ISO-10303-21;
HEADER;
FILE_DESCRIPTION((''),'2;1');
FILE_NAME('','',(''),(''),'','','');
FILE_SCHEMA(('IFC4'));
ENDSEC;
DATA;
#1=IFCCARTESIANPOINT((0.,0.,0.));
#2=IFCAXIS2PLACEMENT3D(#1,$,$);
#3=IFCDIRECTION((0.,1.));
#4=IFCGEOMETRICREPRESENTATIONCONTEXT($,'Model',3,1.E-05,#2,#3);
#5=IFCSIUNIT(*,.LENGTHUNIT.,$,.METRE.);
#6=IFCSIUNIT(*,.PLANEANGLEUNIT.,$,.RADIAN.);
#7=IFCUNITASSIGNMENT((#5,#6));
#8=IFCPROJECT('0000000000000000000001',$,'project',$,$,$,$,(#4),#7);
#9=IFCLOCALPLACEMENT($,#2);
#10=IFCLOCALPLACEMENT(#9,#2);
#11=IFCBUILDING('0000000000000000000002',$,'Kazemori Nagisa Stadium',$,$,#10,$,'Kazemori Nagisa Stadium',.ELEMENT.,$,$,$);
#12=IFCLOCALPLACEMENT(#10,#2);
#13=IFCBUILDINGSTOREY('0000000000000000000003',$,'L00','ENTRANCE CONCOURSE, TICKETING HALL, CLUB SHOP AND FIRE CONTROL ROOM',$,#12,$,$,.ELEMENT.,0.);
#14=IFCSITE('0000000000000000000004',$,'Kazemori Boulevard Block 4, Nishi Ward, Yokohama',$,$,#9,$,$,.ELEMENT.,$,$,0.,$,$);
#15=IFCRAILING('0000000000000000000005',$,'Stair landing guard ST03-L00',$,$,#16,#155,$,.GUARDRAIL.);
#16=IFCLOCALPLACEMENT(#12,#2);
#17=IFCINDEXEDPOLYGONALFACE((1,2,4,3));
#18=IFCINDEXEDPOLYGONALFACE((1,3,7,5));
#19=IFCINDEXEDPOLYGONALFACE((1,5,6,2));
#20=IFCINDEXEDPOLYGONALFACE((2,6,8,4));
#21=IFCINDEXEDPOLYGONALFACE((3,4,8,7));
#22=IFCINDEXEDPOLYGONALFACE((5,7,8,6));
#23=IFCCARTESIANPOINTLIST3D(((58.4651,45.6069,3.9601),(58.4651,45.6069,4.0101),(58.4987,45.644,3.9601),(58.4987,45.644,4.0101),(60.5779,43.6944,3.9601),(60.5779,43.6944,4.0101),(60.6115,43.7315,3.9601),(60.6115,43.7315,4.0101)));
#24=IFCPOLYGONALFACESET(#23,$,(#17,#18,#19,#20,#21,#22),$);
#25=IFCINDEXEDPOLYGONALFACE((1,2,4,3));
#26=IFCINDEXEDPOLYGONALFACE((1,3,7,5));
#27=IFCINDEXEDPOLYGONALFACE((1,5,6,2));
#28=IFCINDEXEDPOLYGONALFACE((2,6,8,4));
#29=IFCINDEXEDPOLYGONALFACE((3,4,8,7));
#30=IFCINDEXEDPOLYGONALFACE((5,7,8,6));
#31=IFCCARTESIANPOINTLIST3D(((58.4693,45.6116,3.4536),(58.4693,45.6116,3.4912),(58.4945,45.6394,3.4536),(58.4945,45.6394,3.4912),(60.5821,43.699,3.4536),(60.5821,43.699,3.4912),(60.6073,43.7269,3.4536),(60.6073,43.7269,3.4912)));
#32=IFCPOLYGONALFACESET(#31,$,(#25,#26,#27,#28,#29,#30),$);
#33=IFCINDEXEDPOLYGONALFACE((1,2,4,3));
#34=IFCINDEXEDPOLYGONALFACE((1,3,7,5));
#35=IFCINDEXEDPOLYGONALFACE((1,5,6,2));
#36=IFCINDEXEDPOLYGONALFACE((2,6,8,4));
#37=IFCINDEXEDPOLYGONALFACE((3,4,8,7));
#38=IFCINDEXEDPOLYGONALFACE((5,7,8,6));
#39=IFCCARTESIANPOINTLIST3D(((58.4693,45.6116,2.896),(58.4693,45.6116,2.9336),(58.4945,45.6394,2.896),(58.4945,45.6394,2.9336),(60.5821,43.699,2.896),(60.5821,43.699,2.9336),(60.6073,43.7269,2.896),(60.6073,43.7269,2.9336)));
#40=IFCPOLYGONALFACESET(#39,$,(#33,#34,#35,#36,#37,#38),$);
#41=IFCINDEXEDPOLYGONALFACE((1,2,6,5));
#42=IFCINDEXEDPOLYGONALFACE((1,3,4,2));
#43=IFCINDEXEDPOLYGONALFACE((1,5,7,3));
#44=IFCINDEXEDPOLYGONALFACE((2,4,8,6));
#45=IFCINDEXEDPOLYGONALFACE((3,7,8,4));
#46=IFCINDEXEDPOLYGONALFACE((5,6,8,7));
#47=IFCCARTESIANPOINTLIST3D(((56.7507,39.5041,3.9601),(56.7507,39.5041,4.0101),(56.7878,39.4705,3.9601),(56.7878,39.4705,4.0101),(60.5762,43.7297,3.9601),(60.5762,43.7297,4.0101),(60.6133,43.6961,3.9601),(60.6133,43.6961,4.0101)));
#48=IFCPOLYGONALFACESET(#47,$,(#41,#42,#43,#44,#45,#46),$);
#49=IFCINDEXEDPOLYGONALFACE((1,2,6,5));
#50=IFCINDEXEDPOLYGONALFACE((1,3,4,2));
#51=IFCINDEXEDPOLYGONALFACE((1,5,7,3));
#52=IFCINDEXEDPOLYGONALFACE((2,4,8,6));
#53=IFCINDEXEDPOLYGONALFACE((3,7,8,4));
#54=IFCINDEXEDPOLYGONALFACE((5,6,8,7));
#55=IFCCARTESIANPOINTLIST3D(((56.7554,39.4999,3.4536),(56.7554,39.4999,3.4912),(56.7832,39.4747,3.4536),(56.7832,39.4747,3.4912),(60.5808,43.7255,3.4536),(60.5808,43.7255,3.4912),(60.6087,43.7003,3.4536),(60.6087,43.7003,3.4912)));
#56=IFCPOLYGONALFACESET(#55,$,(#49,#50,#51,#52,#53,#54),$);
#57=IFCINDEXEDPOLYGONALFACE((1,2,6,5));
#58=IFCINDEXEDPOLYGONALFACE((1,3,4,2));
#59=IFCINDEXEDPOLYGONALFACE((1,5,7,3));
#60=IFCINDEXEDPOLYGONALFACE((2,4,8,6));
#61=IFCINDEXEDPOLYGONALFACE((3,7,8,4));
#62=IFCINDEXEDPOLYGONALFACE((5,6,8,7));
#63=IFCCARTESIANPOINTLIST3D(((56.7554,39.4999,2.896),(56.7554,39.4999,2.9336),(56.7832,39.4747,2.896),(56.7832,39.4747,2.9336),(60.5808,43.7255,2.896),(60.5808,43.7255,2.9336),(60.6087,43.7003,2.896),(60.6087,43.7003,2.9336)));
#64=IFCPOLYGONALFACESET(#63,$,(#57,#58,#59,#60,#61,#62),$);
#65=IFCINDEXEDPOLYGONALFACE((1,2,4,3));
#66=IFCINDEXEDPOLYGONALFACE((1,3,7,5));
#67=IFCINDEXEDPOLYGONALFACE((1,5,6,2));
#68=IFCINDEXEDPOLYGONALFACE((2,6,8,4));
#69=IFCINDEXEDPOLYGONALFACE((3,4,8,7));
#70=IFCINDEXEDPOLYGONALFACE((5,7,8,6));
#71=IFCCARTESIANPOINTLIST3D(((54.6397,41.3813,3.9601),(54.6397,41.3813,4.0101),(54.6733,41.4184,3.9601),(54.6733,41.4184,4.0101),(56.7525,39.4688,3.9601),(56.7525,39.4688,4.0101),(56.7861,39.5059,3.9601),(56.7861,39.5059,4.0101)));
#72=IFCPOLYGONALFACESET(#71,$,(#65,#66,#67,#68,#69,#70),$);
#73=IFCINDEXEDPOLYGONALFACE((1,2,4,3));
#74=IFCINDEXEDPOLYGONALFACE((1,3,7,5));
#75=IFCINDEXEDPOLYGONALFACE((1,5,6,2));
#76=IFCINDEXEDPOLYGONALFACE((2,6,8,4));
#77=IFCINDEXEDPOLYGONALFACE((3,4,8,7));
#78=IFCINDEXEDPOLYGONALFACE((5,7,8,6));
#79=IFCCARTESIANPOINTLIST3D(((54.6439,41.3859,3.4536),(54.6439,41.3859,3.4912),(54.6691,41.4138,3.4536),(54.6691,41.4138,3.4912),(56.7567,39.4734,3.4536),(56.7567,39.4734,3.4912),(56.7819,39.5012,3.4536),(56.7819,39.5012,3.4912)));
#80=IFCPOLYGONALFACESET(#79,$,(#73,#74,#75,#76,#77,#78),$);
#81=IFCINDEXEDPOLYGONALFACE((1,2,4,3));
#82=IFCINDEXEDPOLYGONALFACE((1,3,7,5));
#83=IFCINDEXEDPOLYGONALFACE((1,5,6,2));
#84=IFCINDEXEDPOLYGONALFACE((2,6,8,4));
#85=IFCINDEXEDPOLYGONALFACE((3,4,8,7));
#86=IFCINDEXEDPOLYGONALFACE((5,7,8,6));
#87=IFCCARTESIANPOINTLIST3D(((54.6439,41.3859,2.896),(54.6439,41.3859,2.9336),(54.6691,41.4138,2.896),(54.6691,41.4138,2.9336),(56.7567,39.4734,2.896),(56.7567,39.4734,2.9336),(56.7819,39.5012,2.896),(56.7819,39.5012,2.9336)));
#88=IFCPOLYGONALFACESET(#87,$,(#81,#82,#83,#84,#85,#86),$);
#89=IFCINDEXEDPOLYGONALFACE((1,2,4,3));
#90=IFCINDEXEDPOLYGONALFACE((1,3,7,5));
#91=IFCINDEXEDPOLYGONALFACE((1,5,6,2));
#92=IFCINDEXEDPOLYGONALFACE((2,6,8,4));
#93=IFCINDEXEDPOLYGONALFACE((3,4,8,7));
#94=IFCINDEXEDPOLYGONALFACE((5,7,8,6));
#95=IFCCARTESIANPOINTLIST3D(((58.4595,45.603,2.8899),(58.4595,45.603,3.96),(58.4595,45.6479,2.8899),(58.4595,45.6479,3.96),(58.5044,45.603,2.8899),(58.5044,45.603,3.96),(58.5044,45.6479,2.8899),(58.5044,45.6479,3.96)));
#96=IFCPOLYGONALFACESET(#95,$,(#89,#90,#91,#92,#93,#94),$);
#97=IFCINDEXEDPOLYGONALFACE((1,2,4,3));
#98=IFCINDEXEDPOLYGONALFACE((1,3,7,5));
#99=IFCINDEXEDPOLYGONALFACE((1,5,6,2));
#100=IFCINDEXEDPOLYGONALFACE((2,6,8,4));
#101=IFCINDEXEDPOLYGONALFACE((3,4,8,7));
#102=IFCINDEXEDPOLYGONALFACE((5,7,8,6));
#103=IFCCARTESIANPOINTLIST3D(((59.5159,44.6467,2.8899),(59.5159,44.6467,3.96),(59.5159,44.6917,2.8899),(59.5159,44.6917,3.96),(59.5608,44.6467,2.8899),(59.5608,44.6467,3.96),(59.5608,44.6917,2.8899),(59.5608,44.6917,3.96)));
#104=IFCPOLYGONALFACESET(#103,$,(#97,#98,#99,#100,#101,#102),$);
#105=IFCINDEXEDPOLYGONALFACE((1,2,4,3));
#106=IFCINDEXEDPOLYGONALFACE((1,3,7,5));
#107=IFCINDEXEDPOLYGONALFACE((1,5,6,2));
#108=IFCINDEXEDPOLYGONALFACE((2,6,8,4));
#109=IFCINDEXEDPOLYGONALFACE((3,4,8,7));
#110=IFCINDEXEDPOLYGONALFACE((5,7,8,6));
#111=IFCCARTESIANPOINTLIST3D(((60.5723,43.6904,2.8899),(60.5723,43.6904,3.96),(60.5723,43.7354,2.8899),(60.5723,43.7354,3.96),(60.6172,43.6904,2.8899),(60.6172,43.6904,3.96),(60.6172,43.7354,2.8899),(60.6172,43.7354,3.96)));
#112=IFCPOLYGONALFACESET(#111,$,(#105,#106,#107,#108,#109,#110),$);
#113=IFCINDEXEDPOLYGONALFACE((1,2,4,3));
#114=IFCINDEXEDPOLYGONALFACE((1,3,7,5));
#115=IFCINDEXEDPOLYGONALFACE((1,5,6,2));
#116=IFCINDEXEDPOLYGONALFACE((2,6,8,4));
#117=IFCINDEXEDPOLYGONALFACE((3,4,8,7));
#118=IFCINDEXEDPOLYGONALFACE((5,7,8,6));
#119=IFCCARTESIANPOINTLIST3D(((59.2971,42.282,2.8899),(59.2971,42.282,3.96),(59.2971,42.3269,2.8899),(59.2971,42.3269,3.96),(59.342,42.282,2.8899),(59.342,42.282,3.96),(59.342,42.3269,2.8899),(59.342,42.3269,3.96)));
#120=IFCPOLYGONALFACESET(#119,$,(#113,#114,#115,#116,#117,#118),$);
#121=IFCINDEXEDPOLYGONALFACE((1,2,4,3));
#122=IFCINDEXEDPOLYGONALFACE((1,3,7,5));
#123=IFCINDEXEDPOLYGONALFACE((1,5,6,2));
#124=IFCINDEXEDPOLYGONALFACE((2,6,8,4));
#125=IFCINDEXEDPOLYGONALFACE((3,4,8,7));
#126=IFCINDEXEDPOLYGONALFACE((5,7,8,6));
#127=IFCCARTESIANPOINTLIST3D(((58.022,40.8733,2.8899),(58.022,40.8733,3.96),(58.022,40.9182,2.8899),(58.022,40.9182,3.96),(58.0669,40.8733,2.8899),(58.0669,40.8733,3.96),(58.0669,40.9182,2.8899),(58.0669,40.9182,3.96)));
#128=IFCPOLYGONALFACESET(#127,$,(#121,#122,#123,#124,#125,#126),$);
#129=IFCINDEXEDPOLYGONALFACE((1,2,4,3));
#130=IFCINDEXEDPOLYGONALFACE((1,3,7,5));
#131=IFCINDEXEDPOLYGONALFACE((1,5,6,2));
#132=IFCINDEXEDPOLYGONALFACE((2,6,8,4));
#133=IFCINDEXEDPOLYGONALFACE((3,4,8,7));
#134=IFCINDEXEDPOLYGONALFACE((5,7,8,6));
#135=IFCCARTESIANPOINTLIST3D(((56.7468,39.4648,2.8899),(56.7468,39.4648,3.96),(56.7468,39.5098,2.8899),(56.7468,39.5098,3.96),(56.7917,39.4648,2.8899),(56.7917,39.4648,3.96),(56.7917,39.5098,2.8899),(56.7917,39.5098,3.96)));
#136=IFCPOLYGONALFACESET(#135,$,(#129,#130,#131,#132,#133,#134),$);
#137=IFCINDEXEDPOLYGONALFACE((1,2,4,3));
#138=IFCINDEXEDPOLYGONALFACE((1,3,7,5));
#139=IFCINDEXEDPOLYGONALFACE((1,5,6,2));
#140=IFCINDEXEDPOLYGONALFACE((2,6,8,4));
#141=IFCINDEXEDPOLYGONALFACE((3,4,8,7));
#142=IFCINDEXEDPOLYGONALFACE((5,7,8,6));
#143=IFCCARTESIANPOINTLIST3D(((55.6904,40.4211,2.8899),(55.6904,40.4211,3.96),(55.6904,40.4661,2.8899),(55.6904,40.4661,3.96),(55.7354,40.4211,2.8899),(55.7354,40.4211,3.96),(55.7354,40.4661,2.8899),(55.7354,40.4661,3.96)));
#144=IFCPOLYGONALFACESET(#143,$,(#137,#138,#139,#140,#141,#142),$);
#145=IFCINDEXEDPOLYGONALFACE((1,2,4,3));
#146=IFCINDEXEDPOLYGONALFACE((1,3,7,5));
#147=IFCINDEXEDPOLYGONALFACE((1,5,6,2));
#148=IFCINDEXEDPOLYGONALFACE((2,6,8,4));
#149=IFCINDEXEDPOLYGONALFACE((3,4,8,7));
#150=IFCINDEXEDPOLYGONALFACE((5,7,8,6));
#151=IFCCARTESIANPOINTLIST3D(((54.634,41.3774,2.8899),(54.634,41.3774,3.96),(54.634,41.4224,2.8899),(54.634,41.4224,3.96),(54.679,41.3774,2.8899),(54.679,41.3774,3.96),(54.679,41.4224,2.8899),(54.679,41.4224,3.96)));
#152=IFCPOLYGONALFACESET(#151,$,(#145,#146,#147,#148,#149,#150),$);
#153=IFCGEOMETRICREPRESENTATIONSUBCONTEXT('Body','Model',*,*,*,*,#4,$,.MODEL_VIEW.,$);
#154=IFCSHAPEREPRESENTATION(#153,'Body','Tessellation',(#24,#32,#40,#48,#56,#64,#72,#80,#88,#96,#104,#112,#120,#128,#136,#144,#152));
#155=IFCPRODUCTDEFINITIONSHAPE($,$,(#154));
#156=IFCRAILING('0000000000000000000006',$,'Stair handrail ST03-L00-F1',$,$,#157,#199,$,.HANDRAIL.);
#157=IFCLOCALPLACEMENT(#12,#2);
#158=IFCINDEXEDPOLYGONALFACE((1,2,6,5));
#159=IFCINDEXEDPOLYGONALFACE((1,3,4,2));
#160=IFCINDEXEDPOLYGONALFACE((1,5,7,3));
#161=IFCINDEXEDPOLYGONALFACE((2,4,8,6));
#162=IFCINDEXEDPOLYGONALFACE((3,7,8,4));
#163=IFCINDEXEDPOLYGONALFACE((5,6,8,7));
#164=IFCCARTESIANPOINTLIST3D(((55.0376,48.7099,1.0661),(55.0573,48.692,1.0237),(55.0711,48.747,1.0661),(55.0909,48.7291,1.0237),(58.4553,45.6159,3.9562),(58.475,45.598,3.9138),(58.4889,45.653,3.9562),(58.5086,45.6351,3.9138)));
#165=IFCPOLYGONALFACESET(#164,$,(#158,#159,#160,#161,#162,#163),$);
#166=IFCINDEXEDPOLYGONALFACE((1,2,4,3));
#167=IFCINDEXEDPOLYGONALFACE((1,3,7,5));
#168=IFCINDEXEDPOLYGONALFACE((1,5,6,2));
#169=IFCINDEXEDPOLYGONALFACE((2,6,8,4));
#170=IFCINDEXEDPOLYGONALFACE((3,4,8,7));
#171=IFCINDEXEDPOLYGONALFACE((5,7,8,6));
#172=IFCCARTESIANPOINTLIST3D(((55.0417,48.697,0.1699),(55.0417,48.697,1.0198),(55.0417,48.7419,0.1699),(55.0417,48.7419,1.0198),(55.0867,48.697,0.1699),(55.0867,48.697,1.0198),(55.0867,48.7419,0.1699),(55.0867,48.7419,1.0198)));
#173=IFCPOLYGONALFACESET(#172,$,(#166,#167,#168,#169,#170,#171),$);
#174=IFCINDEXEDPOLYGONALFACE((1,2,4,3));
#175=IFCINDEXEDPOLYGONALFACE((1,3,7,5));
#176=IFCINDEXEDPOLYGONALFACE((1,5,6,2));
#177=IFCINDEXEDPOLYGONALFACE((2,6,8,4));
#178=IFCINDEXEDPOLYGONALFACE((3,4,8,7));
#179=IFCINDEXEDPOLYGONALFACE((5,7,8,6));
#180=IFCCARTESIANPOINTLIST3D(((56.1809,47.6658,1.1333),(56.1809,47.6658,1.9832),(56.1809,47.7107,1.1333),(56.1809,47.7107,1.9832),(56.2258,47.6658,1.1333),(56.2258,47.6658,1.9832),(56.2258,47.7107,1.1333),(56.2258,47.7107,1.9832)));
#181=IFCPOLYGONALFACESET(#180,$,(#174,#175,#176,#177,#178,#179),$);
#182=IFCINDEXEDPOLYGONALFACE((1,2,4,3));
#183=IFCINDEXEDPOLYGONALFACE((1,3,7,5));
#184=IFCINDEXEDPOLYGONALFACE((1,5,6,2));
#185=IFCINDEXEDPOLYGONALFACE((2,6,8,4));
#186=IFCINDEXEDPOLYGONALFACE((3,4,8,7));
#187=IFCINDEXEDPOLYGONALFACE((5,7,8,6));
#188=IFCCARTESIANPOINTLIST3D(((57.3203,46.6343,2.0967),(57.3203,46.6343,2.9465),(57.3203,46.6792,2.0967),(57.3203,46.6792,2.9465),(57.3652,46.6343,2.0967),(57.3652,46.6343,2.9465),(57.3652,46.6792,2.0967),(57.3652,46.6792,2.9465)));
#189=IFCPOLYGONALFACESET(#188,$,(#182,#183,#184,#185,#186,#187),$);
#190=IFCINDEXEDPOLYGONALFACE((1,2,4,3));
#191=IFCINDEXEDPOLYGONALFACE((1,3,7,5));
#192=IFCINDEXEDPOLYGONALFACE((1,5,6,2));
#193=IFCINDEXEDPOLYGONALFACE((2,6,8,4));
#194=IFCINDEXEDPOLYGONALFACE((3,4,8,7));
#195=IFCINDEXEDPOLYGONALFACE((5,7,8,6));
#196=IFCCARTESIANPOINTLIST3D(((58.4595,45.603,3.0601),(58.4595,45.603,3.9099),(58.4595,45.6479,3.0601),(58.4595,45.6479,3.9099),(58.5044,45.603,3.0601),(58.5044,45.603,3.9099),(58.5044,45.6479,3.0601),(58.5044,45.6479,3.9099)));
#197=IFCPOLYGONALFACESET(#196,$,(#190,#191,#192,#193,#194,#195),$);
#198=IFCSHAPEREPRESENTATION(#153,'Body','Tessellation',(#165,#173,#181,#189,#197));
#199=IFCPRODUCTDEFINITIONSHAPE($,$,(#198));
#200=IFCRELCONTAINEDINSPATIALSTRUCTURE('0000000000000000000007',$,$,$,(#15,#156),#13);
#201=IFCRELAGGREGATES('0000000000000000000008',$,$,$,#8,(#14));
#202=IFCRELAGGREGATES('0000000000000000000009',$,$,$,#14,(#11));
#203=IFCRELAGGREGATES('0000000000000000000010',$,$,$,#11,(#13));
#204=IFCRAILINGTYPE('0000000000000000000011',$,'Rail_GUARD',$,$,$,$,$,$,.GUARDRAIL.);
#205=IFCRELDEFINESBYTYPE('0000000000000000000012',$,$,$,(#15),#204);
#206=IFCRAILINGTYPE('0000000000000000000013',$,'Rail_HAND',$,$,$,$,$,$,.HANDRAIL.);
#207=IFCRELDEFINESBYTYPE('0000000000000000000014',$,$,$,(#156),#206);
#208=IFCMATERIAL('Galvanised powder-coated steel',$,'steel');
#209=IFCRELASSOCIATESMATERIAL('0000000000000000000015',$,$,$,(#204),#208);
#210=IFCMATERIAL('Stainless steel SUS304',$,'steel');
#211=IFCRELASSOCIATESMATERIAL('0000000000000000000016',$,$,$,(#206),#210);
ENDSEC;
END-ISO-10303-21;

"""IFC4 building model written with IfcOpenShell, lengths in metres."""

from ifc_helpers import new_model, si_unit, direction, frame, origin, origin_2d, place, context, subcontext, project, spatial, rectangle, extrude, material, type_object, element, save


model = new_model("IFC4")

# Units and contexts
model_context = context("Model", 3, precision=1e-05, world=origin(), true_north=direction((0.0, 1.0)))
body_context = subcontext(model_context, "Body", "Model", "MODEL_VIEW")
ifc_project = project(units=[si_unit("LENGTHUNIT", "METRE"), si_unit("PLANEANGLEUNIT", "RADIAN")], contexts=[model_context])

# Site, building, storey
site_placement = place(None, origin())
site = spatial("IfcSite", under=ifc_project, at=site_placement, Name="Kazemori Boulevard Block 4, Nishi Ward, Yokohama", CompositionType="ELEMENT", RefElevation=0.0)
building_placement = place(site_placement, origin())
building = spatial("IfcBuilding", under=site, at=building_placement, Name="Kazemori Nagisa Stadium", LongName="Kazemori Nagisa Stadium", CompositionType="ELEMENT")
storey_placement = place(building_placement, origin())
storey = spatial("IfcBuildingStorey", under=building, at=storey_placement, Name="L00", Description="ENTRANCE CONCOURSE, TICKETING HALL, CLUB SHOP AND FIRE CONTROL ROOM", CompositionType="ELEMENT", Elevation=0.0)

# Shared definitions
ifc_material_1 = material(Name="Stainless steel SUS304", Category="steel")

# Railings
ifc_material_2 = material(Name="Galvanised powder-coated steel", Category="steel")
railing_type_1 = type_object("IfcRailingType", Name="Rail_GUARD", PredefinedType="GUARDRAIL", material=ifc_material_2)
railing_1_placement = place(storey_placement, frame((58.4819, 45.6255, 2.8899)))
element("IfcRailing", 1, at=railing_1_placement, inside=storey, type_object=railing_type_1, Name="Stair landing guard ST03-L00", PredefinedType="GUARDRAIL", context=body_context, shape_type="SweptSolid", body=[
    extrude(rectangle(XDim=0.05, YDim=0.05, at=origin_2d()), frame((0.0, 0.0, 1.0952), z_axis=(0.741357, -0.671111, 0.0), x_axis=(0.671111, 0.741357, 0.0)), (0.0, 0.0, 1.0), 2.8499),
    extrude(rectangle(XDim=0.0376, YDim=0.0376, at=origin_2d()), frame((0.0, 0.0, 0.5825), z_axis=(0.741357, -0.671111, 0.0), x_axis=(0.671111, 0.741357, 0.0)), (0.0, 0.0, 1.0), 2.8499),
    extrude(rectangle(XDim=0.0376, YDim=0.0376, at=origin_2d()), frame((0.0, 0.0, 0.0249), z_axis=(0.741357, -0.671111, 0.0), x_axis=(0.671111, 0.741357, 0.0)), (0.0, 0.0, 1.0), 2.8499),
    extrude(rectangle(XDim=0.05, YDim=0.05, at=origin_2d()), frame((2.1128, -1.9126, 1.0952), z_axis=(-0.671134, -0.741336, 0.0), x_axis=(0.741336, -0.671134, 0.0)), (0.0, 0.0, 1.0), 5.7),
    extrude(rectangle(XDim=0.0376, YDim=0.0376, at=origin_2d()), frame((2.1128, -1.9126, 0.5825), z_axis=(-0.671134, -0.741336, 0.0), x_axis=(0.741336, -0.671134, 0.0)), (0.0, 0.0, 1.0), 5.7),
    extrude(rectangle(XDim=0.0376, YDim=0.0376, at=origin_2d()), frame((2.1128, -1.9126, 0.0249), z_axis=(-0.671134, -0.741336, 0.0), x_axis=(0.741336, -0.671134, 0.0)), (0.0, 0.0, 1.0), 5.7),
    extrude(rectangle(XDim=0.05, YDim=0.05, at=origin_2d()), frame((-1.7126, -6.1382, 1.0952), z_axis=(-0.741357, 0.671111, 0.0), x_axis=(-0.671111, -0.741357, 0.0)), (0.0, 0.0, 1.0), 2.8499),
    extrude(rectangle(XDim=0.0376, YDim=0.0376, at=origin_2d()), frame((-1.7126, -6.1382, 0.5825), z_axis=(-0.741357, 0.671111, 0.0), x_axis=(-0.671111, -0.741357, 0.0)), (0.0, 0.0, 1.0), 2.8499),
    extrude(rectangle(XDim=0.0376, YDim=0.0376, at=origin_2d()), frame((-1.7126, -6.1382, 0.0249), z_axis=(-0.741357, 0.671111, 0.0), x_axis=(-0.671111, -0.741357, 0.0)), (0.0, 0.0, 1.0), 2.8499),
    extrude(rectangle(XDim=0.0449, YDim=0.0449, at=origin_2d()), origin(), (0.0, 0.0, 1.0), 1.0701),
    extrude(rectangle(XDim=0.0449, YDim=0.0449, at=origin_2d()), frame((1.0564, -0.9563, 0.0)), (0.0, 0.0, 1.0), 1.0701),
    extrude(rectangle(XDim=0.0449, YDim=0.0449, at=origin_2d()), frame((2.1128, -1.9126, 0.0)), (0.0, 0.0, 1.0), 1.0701),
    extrude(rectangle(XDim=0.0449, YDim=0.0449, at=origin_2d()), frame((0.8376, -3.321, 0.0)), (0.0, 0.0, 1.0), 1.0701),
    extrude(rectangle(XDim=0.0449, YDim=0.0449, at=origin_2d()), frame((-0.4375, -4.7297, 0.0)), (0.0, 0.0, 1.0), 1.0701),
    extrude(rectangle(XDim=0.0449, YDim=0.0449, at=origin_2d()), frame((-1.7126, -6.1382, 0.0)), (0.0, 0.0, 1.0), 1.0701),
    extrude(rectangle(XDim=0.0449, YDim=0.0449, at=origin_2d()), frame((-2.769, -5.1819, 0.0)), (0.0, 0.0, 1.0), 1.0701),
    extrude(rectangle(XDim=0.0449, YDim=0.0449, at=origin_2d()), frame((-3.8254, -4.2256, 0.0)), (0.0, 0.0, 1.0), 1.0701),
])
railing_type_2 = type_object("IfcRailingType", Name="Rail_HAND", PredefinedType="HANDRAIL", material=ifc_material_1)
railing_2_placement = place(storey_placement, frame((55.0642, 48.7195, 0.1699)))
element("IfcRailing", 2, at=railing_2_placement, inside=storey, type_object=railing_type_2, Name="Stair handrail ST03-L00-F1", PredefinedType="HANDRAIL", context=body_context, shape_type="SweptSolid", body=[
    extrude(rectangle(XDim=0.05, YDim=0.05, at=origin_2d()), frame((0.0, 0.0, 0.875), z_axis=(0.628121, -0.568625, 0.531159), x_axis=(0.671124, 0.741345, 0.0)), (0.0, 0.0, 1.0), 5.4412),
    extrude(rectangle(XDim=0.0449, YDim=0.0449, at=origin_2d()), origin(), (0.0, 0.0, 1.0), 0.8499),
    extrude(rectangle(XDim=0.0449, YDim=0.0449, at=origin_2d()), frame((1.1392, -1.0312, 0.9634)), (0.0, 0.0, 1.0), 0.8499),
    extrude(rectangle(XDim=0.0449, YDim=0.0449, at=origin_2d()), frame((2.2786, -2.0627, 1.9268)), (0.0, 0.0, 1.0), 0.8499),
    extrude(rectangle(XDim=0.0449, YDim=0.0449, at=origin_2d()), frame((3.4177, -3.094, 2.8901)), (0.0, 0.0, 1.0), 0.8499),
])

save(model, "model.ifc")
